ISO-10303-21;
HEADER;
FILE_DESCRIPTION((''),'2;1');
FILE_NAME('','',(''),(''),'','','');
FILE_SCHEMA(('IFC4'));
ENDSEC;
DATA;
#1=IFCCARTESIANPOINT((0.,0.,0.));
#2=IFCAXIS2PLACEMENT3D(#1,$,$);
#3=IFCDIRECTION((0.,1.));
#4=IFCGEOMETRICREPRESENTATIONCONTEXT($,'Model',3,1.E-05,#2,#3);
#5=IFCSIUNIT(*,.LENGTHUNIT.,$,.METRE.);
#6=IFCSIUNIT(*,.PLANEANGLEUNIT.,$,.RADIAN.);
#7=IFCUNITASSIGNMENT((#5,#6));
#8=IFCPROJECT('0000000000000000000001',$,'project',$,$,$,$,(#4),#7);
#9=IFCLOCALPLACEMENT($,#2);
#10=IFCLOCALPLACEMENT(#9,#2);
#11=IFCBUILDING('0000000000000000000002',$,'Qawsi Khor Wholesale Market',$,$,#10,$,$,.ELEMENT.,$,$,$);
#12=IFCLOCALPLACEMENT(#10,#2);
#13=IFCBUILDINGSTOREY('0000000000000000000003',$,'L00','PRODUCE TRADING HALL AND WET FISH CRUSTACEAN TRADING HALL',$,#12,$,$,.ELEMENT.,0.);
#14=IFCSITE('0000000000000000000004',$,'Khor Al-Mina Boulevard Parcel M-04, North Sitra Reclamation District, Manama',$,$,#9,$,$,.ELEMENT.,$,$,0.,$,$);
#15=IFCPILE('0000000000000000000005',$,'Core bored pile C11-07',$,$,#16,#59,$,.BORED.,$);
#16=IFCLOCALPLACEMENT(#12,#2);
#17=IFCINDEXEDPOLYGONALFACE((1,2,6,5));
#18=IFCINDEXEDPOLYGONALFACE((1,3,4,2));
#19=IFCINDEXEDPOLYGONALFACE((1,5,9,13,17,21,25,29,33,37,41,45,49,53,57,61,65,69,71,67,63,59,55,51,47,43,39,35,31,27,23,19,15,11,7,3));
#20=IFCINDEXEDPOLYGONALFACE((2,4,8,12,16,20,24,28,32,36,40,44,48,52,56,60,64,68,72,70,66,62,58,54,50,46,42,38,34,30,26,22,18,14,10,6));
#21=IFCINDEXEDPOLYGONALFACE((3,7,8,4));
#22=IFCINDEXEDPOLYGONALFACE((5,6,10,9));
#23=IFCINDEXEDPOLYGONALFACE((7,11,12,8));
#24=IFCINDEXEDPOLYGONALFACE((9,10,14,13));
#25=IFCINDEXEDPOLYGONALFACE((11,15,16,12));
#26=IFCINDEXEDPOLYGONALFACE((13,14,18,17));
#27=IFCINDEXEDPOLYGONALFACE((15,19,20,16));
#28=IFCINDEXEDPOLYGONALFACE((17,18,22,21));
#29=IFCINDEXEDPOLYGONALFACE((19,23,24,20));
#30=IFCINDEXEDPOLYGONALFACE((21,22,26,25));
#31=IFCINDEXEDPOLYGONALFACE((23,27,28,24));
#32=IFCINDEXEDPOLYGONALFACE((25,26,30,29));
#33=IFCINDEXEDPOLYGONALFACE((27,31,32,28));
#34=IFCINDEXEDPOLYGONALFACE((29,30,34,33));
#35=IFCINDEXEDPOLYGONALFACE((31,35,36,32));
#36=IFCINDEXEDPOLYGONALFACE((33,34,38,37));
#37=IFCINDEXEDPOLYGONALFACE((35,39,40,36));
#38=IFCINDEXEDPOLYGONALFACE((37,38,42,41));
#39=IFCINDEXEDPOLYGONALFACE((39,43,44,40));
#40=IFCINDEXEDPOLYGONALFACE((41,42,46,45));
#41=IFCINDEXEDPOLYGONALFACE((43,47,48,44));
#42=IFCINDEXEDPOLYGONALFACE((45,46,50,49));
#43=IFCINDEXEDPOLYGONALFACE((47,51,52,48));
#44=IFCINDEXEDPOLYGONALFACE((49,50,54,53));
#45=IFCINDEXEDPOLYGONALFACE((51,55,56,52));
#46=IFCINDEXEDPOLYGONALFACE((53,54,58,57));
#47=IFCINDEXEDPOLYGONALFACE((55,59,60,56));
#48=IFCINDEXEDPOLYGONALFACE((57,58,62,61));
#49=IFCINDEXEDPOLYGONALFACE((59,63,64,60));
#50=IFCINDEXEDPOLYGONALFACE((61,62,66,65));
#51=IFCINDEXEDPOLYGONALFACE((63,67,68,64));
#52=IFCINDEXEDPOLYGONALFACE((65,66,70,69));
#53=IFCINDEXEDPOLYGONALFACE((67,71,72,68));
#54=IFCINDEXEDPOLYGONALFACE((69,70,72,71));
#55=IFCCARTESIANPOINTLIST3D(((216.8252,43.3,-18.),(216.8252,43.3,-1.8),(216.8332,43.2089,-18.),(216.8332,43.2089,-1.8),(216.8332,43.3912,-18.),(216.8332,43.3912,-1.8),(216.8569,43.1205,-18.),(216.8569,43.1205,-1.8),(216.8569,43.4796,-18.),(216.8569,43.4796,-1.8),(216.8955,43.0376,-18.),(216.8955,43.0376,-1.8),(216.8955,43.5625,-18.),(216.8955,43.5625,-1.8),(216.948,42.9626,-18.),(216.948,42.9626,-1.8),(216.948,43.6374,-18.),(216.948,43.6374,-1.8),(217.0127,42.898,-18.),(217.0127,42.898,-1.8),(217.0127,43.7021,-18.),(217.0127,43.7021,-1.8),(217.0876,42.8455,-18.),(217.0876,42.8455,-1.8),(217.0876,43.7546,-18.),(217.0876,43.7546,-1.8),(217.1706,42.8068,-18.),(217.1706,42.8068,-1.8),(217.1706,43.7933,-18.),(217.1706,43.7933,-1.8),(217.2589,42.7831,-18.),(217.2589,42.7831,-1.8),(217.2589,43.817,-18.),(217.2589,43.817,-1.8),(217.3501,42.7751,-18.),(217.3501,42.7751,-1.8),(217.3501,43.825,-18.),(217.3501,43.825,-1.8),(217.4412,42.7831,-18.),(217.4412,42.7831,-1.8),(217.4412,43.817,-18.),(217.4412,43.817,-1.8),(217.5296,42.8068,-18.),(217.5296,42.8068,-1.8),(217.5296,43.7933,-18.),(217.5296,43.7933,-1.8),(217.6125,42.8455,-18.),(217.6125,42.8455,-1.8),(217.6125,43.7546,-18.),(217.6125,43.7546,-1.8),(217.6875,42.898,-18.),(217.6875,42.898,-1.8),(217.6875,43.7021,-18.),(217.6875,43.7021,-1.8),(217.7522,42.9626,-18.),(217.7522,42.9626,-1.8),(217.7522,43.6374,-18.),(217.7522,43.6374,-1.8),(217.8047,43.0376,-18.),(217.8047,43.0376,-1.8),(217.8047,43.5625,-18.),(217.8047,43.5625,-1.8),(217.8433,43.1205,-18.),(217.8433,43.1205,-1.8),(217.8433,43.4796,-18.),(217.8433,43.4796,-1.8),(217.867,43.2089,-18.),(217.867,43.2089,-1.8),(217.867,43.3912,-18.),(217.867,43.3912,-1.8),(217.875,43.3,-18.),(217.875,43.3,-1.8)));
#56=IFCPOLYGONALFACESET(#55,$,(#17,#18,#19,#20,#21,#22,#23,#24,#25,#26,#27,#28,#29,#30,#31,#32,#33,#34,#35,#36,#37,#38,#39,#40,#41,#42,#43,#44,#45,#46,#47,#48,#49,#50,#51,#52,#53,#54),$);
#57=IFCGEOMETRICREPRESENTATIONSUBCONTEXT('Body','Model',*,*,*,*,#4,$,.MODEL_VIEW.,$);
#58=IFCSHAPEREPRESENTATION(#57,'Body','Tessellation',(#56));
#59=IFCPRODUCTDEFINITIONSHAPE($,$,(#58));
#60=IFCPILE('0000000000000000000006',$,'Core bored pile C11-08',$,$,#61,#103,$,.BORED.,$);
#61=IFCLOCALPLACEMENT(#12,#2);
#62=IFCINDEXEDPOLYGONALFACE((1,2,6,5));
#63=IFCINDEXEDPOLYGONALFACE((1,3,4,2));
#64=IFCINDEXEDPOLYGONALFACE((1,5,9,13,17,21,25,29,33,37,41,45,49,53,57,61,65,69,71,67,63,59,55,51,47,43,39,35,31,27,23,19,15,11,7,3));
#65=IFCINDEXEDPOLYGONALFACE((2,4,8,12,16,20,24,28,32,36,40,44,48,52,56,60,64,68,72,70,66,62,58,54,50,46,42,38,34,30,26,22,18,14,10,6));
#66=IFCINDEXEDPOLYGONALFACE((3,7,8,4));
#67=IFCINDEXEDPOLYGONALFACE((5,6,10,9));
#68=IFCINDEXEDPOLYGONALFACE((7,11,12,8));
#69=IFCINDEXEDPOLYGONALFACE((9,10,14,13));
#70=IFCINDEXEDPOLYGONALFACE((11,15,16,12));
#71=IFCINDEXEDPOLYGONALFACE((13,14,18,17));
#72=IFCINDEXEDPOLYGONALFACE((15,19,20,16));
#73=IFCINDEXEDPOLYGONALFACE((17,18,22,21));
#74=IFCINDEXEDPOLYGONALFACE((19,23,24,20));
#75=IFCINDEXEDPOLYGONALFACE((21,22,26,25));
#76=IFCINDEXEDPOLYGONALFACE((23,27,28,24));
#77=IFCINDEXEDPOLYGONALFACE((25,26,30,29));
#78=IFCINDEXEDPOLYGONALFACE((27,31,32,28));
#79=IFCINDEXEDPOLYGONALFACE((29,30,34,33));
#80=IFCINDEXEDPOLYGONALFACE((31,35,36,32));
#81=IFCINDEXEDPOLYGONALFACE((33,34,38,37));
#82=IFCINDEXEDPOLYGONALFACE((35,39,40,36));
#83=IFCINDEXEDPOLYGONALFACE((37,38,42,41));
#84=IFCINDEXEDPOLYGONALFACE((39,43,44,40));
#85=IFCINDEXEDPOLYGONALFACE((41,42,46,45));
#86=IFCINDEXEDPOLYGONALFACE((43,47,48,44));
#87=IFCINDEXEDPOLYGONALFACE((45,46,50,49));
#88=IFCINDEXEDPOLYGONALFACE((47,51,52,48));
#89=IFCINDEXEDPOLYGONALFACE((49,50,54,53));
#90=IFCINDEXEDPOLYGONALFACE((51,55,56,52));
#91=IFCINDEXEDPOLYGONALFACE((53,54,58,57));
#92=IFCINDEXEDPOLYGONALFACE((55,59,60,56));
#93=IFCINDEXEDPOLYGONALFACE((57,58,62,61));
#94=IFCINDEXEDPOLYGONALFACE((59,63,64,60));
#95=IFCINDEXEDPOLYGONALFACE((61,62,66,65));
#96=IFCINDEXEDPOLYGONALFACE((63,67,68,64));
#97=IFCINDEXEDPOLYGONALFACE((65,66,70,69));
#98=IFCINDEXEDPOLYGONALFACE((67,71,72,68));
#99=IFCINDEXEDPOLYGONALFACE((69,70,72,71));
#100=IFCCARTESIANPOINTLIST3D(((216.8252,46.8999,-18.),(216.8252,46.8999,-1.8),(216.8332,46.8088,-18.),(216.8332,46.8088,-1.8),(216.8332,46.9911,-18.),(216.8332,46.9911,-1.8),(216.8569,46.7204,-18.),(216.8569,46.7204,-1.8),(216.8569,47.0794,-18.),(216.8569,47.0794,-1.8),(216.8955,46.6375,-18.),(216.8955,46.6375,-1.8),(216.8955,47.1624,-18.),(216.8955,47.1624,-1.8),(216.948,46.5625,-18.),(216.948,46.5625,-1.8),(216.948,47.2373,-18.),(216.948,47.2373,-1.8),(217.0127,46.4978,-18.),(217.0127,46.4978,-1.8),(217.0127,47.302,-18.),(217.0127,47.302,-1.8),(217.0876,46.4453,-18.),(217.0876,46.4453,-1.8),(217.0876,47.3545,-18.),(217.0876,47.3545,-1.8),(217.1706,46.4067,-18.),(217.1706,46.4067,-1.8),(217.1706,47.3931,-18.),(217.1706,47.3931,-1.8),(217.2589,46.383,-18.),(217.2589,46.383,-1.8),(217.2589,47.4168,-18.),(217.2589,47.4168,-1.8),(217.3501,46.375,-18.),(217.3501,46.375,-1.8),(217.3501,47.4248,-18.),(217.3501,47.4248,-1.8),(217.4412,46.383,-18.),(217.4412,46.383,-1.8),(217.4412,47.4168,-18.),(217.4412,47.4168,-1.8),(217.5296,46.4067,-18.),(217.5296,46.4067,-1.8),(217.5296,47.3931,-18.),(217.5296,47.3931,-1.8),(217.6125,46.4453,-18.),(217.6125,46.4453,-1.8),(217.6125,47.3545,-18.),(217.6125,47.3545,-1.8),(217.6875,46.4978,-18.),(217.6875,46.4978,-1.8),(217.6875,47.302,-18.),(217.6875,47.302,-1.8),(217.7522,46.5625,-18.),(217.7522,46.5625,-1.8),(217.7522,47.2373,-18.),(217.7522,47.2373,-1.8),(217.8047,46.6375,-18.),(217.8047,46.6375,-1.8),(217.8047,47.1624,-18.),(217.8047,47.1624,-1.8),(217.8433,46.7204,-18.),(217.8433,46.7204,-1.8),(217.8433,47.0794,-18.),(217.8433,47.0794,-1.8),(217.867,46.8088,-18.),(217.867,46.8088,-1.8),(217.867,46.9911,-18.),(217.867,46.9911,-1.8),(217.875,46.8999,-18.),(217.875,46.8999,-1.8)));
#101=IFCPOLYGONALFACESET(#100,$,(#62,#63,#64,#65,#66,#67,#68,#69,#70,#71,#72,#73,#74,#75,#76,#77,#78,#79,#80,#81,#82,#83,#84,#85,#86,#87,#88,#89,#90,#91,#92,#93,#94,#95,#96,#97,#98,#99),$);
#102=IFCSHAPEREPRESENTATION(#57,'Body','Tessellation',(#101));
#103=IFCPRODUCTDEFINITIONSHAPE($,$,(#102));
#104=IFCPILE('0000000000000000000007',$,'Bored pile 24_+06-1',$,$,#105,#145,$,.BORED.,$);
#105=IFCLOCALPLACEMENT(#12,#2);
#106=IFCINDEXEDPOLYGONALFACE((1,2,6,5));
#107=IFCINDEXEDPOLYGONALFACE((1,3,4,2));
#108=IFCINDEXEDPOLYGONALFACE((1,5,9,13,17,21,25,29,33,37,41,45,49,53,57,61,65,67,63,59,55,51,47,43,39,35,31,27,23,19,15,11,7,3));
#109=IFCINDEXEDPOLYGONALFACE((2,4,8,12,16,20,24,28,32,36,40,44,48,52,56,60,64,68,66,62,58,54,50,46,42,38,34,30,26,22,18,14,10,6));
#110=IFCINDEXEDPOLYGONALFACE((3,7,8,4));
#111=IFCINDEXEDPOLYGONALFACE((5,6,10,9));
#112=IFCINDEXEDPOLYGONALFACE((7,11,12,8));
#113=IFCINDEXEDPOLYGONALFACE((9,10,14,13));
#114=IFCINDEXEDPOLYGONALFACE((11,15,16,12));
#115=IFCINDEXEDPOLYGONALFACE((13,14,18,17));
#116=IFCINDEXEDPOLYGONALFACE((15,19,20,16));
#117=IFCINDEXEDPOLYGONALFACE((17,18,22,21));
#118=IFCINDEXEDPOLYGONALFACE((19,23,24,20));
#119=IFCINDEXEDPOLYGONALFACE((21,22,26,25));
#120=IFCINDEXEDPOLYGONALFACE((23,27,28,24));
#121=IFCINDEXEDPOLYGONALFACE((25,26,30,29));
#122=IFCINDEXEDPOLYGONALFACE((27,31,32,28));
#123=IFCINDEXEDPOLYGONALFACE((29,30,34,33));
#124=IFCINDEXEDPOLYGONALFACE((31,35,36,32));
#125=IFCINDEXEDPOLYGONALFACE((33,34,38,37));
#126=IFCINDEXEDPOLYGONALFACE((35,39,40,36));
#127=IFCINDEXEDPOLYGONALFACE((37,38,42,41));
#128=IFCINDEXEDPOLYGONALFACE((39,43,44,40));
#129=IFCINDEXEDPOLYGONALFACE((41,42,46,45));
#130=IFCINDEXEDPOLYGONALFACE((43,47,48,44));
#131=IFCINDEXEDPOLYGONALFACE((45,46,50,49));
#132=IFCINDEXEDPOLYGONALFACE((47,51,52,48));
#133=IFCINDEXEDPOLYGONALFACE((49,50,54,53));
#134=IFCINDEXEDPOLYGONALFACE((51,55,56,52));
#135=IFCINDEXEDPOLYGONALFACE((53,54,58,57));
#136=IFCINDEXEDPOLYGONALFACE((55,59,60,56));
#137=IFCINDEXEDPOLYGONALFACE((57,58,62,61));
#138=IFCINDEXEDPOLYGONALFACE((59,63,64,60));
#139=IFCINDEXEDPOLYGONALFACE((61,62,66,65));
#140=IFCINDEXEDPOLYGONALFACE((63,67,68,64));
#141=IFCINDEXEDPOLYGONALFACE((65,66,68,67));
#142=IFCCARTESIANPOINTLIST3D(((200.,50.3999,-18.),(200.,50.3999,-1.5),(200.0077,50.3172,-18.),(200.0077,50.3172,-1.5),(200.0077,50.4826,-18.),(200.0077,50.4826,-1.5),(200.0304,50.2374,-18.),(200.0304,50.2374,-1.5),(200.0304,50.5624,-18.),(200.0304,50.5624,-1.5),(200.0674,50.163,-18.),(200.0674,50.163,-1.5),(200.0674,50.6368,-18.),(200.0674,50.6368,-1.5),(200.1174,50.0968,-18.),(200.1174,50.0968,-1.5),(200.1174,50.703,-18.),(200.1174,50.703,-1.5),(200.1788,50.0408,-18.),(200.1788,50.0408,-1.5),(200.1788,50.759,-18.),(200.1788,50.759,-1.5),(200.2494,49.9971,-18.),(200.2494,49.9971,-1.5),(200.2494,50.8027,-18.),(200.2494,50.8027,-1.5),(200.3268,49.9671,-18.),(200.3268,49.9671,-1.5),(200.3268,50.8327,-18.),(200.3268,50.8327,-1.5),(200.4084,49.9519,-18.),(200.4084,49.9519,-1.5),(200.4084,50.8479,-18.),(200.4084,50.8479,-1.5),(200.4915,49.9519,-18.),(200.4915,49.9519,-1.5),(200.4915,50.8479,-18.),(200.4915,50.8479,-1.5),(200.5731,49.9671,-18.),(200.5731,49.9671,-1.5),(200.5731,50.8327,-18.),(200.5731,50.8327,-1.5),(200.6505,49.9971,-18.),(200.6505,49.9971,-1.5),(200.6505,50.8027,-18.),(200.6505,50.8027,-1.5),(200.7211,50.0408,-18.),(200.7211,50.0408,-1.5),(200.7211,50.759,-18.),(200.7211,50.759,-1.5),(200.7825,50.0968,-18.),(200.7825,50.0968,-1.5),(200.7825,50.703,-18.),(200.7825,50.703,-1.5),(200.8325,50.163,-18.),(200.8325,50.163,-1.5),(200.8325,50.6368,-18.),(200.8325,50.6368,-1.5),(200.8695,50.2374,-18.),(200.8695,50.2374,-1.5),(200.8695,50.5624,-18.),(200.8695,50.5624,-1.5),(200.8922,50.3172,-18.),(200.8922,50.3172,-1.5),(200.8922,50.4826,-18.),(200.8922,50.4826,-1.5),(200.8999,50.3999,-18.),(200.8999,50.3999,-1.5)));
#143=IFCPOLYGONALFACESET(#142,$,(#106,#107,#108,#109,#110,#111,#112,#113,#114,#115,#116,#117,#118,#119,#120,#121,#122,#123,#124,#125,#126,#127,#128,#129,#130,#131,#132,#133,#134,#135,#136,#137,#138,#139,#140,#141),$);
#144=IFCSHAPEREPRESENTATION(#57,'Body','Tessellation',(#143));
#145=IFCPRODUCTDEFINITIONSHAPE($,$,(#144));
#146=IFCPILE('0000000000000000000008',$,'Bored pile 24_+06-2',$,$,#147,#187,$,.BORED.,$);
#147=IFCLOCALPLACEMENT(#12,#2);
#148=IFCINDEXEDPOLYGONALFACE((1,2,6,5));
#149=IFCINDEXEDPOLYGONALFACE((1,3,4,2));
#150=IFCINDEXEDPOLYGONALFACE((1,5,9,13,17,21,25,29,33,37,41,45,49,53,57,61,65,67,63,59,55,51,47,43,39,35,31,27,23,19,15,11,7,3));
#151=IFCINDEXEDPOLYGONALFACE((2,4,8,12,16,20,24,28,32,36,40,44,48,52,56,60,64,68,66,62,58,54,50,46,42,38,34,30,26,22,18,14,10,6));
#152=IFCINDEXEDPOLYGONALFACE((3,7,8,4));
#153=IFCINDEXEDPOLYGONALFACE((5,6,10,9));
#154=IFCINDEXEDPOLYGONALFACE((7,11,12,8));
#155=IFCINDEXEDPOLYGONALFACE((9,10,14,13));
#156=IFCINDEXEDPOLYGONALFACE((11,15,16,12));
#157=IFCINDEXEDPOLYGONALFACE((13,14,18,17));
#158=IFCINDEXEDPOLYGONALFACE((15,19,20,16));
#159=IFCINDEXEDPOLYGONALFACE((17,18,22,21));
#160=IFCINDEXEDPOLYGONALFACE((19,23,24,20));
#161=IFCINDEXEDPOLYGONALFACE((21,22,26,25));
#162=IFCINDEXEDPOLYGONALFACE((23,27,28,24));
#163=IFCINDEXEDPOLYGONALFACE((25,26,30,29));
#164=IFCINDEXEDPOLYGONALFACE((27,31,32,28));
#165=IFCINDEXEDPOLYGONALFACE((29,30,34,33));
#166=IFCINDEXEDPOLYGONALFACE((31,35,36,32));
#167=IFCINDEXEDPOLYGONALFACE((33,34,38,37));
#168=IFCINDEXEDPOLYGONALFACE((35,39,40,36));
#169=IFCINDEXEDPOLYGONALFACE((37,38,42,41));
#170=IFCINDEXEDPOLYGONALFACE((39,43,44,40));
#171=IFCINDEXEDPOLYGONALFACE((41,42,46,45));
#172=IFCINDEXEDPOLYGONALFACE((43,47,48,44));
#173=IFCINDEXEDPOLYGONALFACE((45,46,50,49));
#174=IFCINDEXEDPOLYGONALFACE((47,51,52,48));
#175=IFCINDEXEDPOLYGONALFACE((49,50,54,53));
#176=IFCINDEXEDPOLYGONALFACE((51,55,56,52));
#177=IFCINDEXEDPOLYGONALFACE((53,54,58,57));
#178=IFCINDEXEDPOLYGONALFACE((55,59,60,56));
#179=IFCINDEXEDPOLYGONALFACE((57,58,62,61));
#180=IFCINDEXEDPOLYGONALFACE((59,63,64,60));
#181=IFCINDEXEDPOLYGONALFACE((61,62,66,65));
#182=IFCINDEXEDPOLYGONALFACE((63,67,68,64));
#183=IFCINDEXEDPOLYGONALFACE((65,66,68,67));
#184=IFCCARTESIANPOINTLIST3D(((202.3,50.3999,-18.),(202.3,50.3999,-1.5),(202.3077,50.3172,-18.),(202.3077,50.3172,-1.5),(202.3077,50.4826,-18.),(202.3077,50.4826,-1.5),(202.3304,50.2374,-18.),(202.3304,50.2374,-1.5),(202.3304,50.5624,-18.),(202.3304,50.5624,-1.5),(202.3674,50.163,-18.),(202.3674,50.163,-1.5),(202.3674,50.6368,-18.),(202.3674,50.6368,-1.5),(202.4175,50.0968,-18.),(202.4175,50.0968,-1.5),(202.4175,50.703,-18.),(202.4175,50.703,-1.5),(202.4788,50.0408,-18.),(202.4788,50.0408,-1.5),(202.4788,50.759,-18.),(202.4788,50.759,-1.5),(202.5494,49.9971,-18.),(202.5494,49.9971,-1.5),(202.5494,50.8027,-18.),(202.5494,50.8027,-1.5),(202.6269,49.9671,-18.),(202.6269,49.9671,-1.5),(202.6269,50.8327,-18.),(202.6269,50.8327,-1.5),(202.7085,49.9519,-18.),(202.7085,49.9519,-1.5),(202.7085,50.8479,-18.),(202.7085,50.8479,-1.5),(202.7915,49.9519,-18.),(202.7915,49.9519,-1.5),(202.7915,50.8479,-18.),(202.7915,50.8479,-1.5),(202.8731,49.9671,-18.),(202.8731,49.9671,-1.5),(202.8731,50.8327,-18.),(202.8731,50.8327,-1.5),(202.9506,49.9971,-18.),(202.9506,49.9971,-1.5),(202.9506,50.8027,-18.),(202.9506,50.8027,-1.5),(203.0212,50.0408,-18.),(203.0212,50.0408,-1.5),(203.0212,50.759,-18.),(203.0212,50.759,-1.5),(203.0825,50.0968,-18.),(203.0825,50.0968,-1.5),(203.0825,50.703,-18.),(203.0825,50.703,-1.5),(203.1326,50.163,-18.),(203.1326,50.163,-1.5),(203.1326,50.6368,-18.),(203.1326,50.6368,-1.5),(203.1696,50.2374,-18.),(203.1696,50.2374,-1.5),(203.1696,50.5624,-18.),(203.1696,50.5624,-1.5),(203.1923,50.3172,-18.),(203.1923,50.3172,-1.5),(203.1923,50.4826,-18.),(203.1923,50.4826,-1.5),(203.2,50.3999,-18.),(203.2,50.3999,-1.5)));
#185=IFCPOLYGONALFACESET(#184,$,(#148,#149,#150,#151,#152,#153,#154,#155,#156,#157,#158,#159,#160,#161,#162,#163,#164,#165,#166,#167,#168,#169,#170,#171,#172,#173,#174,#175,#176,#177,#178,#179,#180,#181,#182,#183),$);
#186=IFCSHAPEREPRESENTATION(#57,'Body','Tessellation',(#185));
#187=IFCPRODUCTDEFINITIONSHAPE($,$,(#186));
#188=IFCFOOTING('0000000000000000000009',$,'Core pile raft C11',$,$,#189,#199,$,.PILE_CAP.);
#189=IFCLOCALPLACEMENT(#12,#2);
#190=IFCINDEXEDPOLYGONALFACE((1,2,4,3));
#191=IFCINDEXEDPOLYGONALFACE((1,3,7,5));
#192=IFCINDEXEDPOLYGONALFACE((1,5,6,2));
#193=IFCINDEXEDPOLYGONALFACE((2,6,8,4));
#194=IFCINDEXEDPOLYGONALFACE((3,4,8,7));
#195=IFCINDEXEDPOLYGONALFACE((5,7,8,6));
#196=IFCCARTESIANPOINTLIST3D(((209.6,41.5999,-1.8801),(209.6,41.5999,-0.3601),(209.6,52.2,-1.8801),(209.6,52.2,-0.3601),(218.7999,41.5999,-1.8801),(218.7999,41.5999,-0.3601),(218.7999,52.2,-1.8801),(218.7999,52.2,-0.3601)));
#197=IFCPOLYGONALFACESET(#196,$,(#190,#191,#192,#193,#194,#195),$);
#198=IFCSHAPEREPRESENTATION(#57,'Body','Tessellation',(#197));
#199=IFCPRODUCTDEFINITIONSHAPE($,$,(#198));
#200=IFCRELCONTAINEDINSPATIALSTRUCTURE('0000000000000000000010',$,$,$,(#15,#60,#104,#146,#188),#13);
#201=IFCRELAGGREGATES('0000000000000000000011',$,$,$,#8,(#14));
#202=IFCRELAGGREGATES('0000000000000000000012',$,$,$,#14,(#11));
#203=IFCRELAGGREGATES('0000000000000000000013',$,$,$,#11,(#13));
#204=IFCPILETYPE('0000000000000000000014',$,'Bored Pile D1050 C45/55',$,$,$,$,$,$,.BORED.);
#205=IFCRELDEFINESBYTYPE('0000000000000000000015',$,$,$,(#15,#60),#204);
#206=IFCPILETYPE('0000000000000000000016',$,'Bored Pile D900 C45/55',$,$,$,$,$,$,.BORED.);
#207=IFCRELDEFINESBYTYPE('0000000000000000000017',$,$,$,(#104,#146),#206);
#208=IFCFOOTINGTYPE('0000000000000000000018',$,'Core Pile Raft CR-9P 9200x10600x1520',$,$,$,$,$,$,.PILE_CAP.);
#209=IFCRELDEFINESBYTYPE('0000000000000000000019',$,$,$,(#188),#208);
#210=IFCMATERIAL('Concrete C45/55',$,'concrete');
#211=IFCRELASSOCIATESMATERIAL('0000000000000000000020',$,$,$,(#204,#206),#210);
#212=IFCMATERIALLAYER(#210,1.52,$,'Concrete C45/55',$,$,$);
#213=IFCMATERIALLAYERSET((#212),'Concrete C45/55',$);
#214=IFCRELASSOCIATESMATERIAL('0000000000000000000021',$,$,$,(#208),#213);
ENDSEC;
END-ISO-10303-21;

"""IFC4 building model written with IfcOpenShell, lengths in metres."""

from ifc_helpers import new_model, si_unit, direction, frame, origin, origin_2d, place, context, subcontext, project, spatial, rectangle, circle, extrude, material, layer, layer_set, material_profile, profile_set, type_object, element, save


model = new_model("IFC4")

# Units and contexts
model_context = context("Model", 3, precision=1e-05, world=origin(), true_north=direction((0.0, 1.0)))
body_context = subcontext(model_context, "Body", "Model", "MODEL_VIEW")
ifc_project = project(units=[si_unit("LENGTHUNIT", "METRE"), si_unit("PLANEANGLEUNIT", "RADIAN")], contexts=[model_context])

# Site, building, storey
site_placement = place(None, origin())
site = spatial("IfcSite", under=ifc_project, at=site_placement, Name="Khor Al-Mina Boulevard Parcel M-04, North Sitra Reclamation District, Manama", CompositionType="ELEMENT", RefElevation=0.0)
building_placement = place(site_placement, origin())
building = spatial("IfcBuilding", under=site, at=building_placement, Name="Qawsi Khor Wholesale Market", CompositionType="ELEMENT")
storey_placement = place(building_placement, origin())
storey = spatial("IfcBuildingStorey", under=building, at=storey_placement, Name="L00", Description="PRODUCE TRADING HALL AND WET FISH CRUSTACEAN TRADING HALL", CompositionType="ELEMENT", Elevation=0.0)

# Piles
ifc_material_1 = material(Name="Concrete C45/55", Category="concrete")
ifc_material_profile_1 = material_profile(ifc_material_1, circle(Radius=0.5249, at=origin_2d()), Name="PILE D1050")
ifc_profile_set_1 = profile_set([ifc_material_profile_1], Name="Concrete C45/55")
pile_type_1 = type_object("IfcPileType", Name="Bored Pile D1050 C45/55", PredefinedType="BORED", material=ifc_profile_set_1)
for number, where, z_axis, x_axis, name in (
    (1, (217.3501, 43.3, -1.8), (0.0, 0.0, -1.0), (1.0, 0.0, 0.0), "Core bored pile C11-07"),
    (2, (217.3501, 46.8999, -1.8), (0.0, 0.0, -1.0), (1.0, 0.0, 0.0), "Core bored pile C11-08"),
):
    element("IfcPile", number, at=place(storey_placement, frame(where, z_axis=z_axis, x_axis=x_axis)), inside=storey, type_object=pile_type_1, Name=name, PredefinedType="BORED", context=body_context, shape_type="SweptSolid", body=[
        extrude(circle(Radius=0.5249, at=origin_2d()), origin(), (0.0, 0.0, 1.0), 16.2),
    ])
ifc_material_profile_2 = material_profile(ifc_material_1, circle(Radius=0.45, at=origin_2d()), Name="PILE D900")
ifc_profile_set_2 = profile_set([ifc_material_profile_2], Name="Concrete C45/55")
pile_type_2 = type_object("IfcPileType", Name="Bored Pile D900 C45/55", PredefinedType="BORED", material=ifc_profile_set_2)
for number, where, z_axis, x_axis, name in (
    (3, (200.45, 50.3999, -1.5), (0.0, 0.0, -1.0), (1.0, 0.0, 0.0), "Bored pile 24_+06-1"),
    (4, (202.75, 50.3999, -1.5), (0.0, 0.0, -1.0), (1.0, 0.0, 0.0), "Bored pile 24_+06-2"),
):
    element("IfcPile", number, at=place(storey_placement, frame(where, z_axis=z_axis, x_axis=x_axis)), inside=storey, type_object=pile_type_2, Name=name, PredefinedType="BORED", context=body_context, shape_type="SweptSolid", body=[
        extrude(circle(Radius=0.45, at=origin_2d()), origin(), (0.0, 0.0, 1.0), 16.5),
    ])

# Footing
ifc_layer_1 = layer(ifc_material_1, 1.52, Name="Concrete C45/55")
ifc_layer_set_1 = layer_set([ifc_layer_1], Name="Concrete C45/55")
footing_type_1 = type_object("IfcFootingType", Name="Core Pile Raft CR-9P 9200x10600x1520", PredefinedType="PILE_CAP", material=ifc_layer_set_1)
footing_1_placement = place(storey_placement, frame((214.2, 46.8999, -1.8801), z_axis=(0.0, 0.0, 1.0), x_axis=(1.0, 0.0, 0.0)))
element("IfcFooting", 5, at=footing_1_placement, inside=storey, type_object=footing_type_1, Name="Core pile raft C11", PredefinedType="PILE_CAP", context=body_context, shape_type="SweptSolid", body=[
    extrude(rectangle(XDim=9.2, YDim=10.6001, at=origin_2d()), origin(), (0.0, 0.0, 1.0), 1.52),
])

save(model, "model.ifc")
